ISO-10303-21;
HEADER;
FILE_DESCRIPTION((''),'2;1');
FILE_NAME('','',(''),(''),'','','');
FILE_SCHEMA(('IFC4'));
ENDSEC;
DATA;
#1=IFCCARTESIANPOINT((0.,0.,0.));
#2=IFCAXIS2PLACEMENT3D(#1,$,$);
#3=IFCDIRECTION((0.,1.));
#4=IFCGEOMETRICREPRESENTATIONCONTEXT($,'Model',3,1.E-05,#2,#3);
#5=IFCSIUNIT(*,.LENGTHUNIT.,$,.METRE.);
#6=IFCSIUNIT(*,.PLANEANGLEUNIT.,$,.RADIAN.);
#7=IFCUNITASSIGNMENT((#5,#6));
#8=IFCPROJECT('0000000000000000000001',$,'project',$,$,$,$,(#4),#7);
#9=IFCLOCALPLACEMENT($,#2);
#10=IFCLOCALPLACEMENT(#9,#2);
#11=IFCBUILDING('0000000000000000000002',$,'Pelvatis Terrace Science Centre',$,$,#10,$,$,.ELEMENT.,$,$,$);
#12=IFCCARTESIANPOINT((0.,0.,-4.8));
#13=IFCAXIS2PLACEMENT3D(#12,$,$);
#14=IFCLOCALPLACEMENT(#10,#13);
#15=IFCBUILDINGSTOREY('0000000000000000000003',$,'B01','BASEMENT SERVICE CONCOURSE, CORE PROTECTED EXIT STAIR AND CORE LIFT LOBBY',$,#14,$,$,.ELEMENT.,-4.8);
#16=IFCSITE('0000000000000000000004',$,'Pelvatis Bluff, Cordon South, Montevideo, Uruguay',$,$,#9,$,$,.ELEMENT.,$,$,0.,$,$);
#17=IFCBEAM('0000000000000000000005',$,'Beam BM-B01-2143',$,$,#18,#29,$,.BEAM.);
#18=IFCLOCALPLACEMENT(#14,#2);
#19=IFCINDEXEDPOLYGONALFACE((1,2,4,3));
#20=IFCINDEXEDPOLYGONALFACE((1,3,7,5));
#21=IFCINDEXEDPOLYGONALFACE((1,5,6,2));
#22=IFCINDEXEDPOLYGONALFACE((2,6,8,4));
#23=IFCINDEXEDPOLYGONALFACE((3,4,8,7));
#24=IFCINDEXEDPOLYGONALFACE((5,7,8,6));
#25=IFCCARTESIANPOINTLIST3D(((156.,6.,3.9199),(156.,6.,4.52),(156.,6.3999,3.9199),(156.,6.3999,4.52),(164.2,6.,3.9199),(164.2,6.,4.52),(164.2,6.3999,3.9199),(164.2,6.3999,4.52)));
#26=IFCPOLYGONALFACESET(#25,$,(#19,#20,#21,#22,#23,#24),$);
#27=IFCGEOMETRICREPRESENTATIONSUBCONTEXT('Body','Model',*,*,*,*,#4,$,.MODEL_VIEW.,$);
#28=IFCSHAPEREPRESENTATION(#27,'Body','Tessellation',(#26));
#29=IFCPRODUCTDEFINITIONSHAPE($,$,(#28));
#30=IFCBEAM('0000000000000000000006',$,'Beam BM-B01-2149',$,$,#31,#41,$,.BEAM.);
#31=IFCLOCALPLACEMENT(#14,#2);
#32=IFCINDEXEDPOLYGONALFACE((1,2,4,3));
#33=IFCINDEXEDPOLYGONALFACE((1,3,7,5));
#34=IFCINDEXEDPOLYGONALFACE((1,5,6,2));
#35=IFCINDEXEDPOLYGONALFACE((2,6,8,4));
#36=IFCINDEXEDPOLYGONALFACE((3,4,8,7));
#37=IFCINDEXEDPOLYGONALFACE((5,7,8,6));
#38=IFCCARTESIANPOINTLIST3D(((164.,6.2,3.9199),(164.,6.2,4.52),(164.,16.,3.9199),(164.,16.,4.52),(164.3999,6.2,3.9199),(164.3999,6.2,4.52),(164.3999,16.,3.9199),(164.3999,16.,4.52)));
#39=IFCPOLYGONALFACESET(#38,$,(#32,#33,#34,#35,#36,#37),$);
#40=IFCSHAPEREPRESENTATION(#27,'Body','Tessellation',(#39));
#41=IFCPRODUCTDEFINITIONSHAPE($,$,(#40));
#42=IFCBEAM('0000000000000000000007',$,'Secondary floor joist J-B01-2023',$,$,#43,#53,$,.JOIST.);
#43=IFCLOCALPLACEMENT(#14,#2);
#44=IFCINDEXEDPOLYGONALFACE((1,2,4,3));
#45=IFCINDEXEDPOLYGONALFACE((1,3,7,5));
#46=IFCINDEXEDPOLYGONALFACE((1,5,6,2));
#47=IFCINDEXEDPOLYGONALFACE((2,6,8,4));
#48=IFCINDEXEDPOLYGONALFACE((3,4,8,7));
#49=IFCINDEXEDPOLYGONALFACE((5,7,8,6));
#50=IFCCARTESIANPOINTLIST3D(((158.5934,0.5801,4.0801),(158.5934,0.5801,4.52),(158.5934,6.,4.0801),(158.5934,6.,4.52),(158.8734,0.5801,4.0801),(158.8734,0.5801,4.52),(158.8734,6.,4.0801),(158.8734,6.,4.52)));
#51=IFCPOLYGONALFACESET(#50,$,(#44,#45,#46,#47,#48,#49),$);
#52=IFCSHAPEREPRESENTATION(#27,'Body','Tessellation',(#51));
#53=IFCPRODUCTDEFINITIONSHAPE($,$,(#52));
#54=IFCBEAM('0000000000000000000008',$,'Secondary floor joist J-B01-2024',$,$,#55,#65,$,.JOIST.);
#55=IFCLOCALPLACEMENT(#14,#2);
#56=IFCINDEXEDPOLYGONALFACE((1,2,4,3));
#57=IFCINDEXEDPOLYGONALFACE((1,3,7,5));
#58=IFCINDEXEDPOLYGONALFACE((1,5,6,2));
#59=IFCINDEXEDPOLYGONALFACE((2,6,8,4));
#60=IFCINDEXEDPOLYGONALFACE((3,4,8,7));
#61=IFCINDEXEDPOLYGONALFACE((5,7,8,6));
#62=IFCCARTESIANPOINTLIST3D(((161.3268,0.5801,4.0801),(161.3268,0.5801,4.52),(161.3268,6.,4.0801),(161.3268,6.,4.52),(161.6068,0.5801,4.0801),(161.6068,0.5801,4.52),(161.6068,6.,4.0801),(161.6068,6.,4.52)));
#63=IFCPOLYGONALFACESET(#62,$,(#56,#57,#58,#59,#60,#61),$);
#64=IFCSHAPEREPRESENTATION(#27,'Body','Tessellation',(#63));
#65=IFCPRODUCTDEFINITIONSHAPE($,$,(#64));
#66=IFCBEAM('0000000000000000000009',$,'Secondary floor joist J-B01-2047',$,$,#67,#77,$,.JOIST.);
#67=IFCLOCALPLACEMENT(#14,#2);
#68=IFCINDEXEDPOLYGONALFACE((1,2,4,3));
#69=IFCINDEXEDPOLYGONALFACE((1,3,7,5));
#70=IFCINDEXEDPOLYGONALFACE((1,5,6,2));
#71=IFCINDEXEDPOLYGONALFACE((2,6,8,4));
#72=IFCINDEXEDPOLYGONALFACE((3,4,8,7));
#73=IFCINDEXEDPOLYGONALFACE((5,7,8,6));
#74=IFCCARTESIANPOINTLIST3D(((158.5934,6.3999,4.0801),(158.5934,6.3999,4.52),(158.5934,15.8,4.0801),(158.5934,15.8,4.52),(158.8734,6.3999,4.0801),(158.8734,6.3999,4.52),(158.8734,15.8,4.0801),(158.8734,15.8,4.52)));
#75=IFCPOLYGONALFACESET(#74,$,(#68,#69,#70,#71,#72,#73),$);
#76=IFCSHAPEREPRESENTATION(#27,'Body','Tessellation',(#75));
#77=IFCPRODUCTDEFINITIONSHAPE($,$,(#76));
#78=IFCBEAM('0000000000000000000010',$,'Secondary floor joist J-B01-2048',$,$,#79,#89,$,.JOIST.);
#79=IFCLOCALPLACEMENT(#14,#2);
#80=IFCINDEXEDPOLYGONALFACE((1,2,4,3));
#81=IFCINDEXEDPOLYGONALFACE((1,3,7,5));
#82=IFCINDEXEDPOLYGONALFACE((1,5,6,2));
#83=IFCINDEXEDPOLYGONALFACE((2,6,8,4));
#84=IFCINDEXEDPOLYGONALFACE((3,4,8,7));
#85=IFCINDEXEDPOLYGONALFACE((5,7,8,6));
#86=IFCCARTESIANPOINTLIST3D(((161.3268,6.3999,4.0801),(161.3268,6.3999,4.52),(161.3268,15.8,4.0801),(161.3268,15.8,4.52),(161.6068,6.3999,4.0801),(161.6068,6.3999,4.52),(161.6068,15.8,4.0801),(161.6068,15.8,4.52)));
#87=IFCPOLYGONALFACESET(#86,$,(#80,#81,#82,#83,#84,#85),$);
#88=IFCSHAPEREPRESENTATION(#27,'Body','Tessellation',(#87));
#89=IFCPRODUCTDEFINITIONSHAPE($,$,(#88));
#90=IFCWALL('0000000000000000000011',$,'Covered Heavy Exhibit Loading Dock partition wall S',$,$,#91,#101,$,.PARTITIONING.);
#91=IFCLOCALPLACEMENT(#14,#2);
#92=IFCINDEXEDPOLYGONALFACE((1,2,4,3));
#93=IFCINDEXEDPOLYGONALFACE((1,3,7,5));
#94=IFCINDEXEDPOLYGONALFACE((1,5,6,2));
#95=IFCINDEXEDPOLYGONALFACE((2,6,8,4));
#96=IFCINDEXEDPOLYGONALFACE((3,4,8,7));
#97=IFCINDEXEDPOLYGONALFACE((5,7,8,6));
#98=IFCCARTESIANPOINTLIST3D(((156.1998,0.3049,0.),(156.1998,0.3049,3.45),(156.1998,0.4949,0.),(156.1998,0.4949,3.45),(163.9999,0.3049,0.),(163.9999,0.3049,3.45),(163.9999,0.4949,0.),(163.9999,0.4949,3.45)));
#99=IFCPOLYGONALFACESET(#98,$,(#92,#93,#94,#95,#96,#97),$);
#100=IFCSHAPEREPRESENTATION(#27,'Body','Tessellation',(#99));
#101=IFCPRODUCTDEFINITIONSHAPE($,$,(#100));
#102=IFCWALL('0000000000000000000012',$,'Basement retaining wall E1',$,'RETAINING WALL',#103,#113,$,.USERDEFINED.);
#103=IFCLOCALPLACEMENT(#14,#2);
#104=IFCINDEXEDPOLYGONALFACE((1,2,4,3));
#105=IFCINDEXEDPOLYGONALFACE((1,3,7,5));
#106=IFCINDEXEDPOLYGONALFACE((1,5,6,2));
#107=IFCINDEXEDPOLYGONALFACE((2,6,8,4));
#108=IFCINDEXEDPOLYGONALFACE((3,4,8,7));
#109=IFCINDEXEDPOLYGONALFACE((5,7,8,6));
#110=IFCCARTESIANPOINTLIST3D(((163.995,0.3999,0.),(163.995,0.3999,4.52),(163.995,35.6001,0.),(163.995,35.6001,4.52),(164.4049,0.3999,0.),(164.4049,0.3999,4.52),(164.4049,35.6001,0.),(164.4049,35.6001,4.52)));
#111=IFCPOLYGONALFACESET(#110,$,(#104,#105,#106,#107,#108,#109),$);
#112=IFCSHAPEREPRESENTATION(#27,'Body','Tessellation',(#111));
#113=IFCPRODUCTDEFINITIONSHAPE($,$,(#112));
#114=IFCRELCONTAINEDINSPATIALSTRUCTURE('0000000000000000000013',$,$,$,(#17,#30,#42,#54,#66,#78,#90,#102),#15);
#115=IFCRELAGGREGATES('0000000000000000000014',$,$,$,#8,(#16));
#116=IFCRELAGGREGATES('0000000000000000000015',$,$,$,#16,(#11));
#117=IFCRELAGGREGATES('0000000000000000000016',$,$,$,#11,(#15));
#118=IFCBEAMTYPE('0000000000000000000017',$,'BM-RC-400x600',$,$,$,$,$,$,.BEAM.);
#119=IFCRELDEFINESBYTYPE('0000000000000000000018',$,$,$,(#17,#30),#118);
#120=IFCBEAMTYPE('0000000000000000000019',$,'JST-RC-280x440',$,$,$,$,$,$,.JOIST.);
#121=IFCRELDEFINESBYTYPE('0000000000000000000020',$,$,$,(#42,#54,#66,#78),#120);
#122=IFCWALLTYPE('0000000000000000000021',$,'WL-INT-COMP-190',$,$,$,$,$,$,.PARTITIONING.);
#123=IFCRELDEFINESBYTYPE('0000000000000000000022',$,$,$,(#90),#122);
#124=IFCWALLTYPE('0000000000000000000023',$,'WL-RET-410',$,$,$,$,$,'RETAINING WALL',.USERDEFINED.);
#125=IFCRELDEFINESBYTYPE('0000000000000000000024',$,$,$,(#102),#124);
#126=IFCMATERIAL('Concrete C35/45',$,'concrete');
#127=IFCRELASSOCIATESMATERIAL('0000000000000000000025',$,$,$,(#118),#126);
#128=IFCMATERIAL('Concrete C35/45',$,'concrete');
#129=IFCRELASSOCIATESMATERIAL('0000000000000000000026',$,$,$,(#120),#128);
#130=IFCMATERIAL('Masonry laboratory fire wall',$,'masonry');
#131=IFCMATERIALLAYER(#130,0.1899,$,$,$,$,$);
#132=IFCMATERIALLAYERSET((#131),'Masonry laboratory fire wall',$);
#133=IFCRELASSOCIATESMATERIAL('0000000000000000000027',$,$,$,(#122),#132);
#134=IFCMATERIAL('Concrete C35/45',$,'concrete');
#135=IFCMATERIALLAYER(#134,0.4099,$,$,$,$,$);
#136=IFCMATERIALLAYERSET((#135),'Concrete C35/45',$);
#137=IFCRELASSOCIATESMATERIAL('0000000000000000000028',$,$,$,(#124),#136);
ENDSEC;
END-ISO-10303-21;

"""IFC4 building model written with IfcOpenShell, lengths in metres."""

from ifc_helpers import new_model, si_unit, direction, frame, frame_2d, origin, origin_2d, place, context, subcontext, project, spatial, rectangle, extrude, material, layer, layer_set, material_profile, profile_set, type_object, element, save


model = new_model("IFC4")

# Units and contexts
model_context = context("Model", 3, precision=1e-05, world=origin(), true_north=direction((0.0, 1.0)))
body_context = subcontext(model_context, "Body", "Model", "MODEL_VIEW")
ifc_project = project(units=[si_unit("LENGTHUNIT", "METRE"), si_unit("PLANEANGLEUNIT", "RADIAN")], contexts=[model_context])

# Site, building, storey
site_placement = place(None, origin())
site = spatial("IfcSite", under=ifc_project, at=site_placement, Name="Pelvatis Bluff, Cordon South, Montevideo, Uruguay", CompositionType="ELEMENT", RefElevation=0.0)
building_placement = place(site_placement, origin())
building = spatial("IfcBuilding", under=site, at=building_placement, Name="Pelvatis Terrace Science Centre", CompositionType="ELEMENT")
storey_placement = place(building_placement, frame((0.0, 0.0, -4.8)))
storey = spatial("IfcBuildingStorey", under=building, at=storey_placement, Name="B01", Description="BASEMENT SERVICE CONCOURSE, CORE PROTECTED EXIT STAIR AND CORE LIFT LOBBY", CompositionType="ELEMENT", Elevation=-4.8)

# Beams
ifc_material_1 = material(Name="Concrete C35/45", Category="concrete")
ifc_material_profile_1 = material_profile(ifc_material_1, rectangle(XDim=0.3999, YDim=0.6001, at=origin_2d()), Name="RC-BM 400x600")
ifc_profile_set_1 = profile_set([ifc_material_profile_1], Name="Concrete C35/45")
beam_type_1 = type_object("IfcBeamType", Name="BM-RC-400x600", PredefinedType="BEAM", material=ifc_profile_set_1)
beam_1_placement = place(storey_placement, frame((156.0, 6.2, 4.22), z_axis=(1.0, 0.0, 0.0), x_axis=(0.0, 1.0, 0.0)))
element("IfcBeam", 1, at=beam_1_placement, inside=storey, type_object=beam_type_1, Name="Beam BM-B01-2143", PredefinedType="BEAM", context=body_context, shape_type="SweptSolid", body=[
    extrude(rectangle(XDim=0.3999, YDim=0.6001, at=origin_2d()), origin(), (0.0, 0.0, 1.0), 8.2),
])
beam_2_placement = place(storey_placement, frame((164.2, 6.2, 4.22), z_axis=(0.0, 1.0, 0.0), x_axis=(-1.0, 0.0, 0.0)))
element("IfcBeam", 2, at=beam_2_placement, inside=storey, type_object=beam_type_1, Name="Beam BM-B01-2149", PredefinedType="BEAM", context=body_context, shape_type="SweptSolid", body=[
    extrude(rectangle(XDim=0.3999, YDim=0.6001, at=origin_2d()), origin(), (0.0, 0.0, 1.0), 9.8),
])
ifc_material_2 = material(Name="Concrete C35/45", Category="concrete")
ifc_material_profile_2 = material_profile(ifc_material_2, rectangle(XDim=0.28, YDim=0.4399, at=origin_2d()), Name="RC-JST 280x440")
ifc_profile_set_2 = profile_set([ifc_material_profile_2], Name="Concrete C35/45")
beam_type_2 = type_object("IfcBeamType", Name="JST-RC-280x440", PredefinedType="JOIST", material=ifc_profile_set_2)
for number, where, z_axis, x_axis, name in (
    (3, (158.7334, 0.5801, 4.3), (0.0, 1.0, 0.0), (-1.0, 0.0, 0.0), "Secondary floor joist J-B01-2023"),
    (4, (161.4668, 0.5801, 4.3), (0.0, 1.0, 0.0), (-1.0, 0.0, 0.0), "Secondary floor joist J-B01-2024"),
):
    element("IfcBeam", number, at=place(storey_placement, frame(where, z_axis=z_axis, x_axis=x_axis)), inside=storey, type_object=beam_type_2, Name=name, PredefinedType="JOIST", context=body_context, shape_type="SweptSolid", body=[
        extrude(rectangle(XDim=0.28, YDim=0.4399, at=origin_2d()), origin(), (0.0, 0.0, 1.0), 5.4199),
    ])
for number, where, z_axis, x_axis, name in (
    (5, (158.7334, 6.3999, 4.3), (0.0, 1.0, 0.0), (-1.0, 0.0, 0.0), "Secondary floor joist J-B01-2047"),
    (6, (161.4668, 6.3999, 4.3), (0.0, 1.0, 0.0), (-1.0, 0.0, 0.0), "Secondary floor joist J-B01-2048"),
):
    element("IfcBeam", number, at=place(storey_placement, frame(where, z_axis=z_axis, x_axis=x_axis)), inside=storey, type_object=beam_type_2, Name=name, PredefinedType="JOIST", context=body_context, shape_type="SweptSolid", body=[
        extrude(rectangle(XDim=0.28, YDim=0.4399, at=origin_2d()), origin(), (0.0, 0.0, 1.0), 9.4001),
    ])

# Walls
ifc_material_3 = material(Name="Masonry laboratory fire wall", Category="masonry")
ifc_layer_1 = layer(ifc_material_3, 0.1899)
ifc_layer_set_1 = layer_set([ifc_layer_1], Name="Masonry laboratory fire wall")
wall_type_1 = type_object("IfcWallType", Name="WL-INT-COMP-190", PredefinedType="PARTITIONING", material=ifc_layer_set_1)
wall_1_placement = place(storey_placement, frame((156.2, 0.3999, 0.0), z_axis=(0.0, 0.0, 1.0), x_axis=(1.0, 0.0, 0.0)))
element("IfcWall", 7, at=wall_1_placement, inside=storey, type_object=wall_type_1, Name="Covered Heavy Exhibit Loading Dock partition wall S", PredefinedType="PARTITIONING", context=body_context, shape_type="SweptSolid", body=[
    extrude(rectangle(XDim=7.8, YDim=0.1899, at=frame_2d((3.8999, 0.0))), origin(), (0.0, 0.0, 1.0), 3.45),
])
ifc_material_4 = material(Name="Concrete C35/45", Category="concrete")
ifc_layer_2 = layer(ifc_material_4, 0.4099)
ifc_layer_set_2 = layer_set([ifc_layer_2], Name="Concrete C35/45")
wall_type_2 = type_object("IfcWallType", Name="WL-RET-410", ElementType="RETAINING WALL", PredefinedType="USERDEFINED", material=ifc_layer_set_2)
wall_2_placement = place(storey_placement, frame((164.2, 0.3999, 0.0), z_axis=(0.0, 0.0, 1.0), x_axis=(0.0, 1.0, 0.0)))
element("IfcWall", 8, at=wall_2_placement, inside=storey, type_object=wall_type_2, Name="Basement retaining wall E1", ObjectType="RETAINING WALL", PredefinedType="USERDEFINED", context=body_context, shape_type="SweptSolid", body=[
    extrude(rectangle(XDim=35.2002, YDim=0.4099, at=frame_2d((17.6001, 0.0))), origin(), (0.0, 0.0, 1.0), 4.52),
])

save(model, "model.ifc")
